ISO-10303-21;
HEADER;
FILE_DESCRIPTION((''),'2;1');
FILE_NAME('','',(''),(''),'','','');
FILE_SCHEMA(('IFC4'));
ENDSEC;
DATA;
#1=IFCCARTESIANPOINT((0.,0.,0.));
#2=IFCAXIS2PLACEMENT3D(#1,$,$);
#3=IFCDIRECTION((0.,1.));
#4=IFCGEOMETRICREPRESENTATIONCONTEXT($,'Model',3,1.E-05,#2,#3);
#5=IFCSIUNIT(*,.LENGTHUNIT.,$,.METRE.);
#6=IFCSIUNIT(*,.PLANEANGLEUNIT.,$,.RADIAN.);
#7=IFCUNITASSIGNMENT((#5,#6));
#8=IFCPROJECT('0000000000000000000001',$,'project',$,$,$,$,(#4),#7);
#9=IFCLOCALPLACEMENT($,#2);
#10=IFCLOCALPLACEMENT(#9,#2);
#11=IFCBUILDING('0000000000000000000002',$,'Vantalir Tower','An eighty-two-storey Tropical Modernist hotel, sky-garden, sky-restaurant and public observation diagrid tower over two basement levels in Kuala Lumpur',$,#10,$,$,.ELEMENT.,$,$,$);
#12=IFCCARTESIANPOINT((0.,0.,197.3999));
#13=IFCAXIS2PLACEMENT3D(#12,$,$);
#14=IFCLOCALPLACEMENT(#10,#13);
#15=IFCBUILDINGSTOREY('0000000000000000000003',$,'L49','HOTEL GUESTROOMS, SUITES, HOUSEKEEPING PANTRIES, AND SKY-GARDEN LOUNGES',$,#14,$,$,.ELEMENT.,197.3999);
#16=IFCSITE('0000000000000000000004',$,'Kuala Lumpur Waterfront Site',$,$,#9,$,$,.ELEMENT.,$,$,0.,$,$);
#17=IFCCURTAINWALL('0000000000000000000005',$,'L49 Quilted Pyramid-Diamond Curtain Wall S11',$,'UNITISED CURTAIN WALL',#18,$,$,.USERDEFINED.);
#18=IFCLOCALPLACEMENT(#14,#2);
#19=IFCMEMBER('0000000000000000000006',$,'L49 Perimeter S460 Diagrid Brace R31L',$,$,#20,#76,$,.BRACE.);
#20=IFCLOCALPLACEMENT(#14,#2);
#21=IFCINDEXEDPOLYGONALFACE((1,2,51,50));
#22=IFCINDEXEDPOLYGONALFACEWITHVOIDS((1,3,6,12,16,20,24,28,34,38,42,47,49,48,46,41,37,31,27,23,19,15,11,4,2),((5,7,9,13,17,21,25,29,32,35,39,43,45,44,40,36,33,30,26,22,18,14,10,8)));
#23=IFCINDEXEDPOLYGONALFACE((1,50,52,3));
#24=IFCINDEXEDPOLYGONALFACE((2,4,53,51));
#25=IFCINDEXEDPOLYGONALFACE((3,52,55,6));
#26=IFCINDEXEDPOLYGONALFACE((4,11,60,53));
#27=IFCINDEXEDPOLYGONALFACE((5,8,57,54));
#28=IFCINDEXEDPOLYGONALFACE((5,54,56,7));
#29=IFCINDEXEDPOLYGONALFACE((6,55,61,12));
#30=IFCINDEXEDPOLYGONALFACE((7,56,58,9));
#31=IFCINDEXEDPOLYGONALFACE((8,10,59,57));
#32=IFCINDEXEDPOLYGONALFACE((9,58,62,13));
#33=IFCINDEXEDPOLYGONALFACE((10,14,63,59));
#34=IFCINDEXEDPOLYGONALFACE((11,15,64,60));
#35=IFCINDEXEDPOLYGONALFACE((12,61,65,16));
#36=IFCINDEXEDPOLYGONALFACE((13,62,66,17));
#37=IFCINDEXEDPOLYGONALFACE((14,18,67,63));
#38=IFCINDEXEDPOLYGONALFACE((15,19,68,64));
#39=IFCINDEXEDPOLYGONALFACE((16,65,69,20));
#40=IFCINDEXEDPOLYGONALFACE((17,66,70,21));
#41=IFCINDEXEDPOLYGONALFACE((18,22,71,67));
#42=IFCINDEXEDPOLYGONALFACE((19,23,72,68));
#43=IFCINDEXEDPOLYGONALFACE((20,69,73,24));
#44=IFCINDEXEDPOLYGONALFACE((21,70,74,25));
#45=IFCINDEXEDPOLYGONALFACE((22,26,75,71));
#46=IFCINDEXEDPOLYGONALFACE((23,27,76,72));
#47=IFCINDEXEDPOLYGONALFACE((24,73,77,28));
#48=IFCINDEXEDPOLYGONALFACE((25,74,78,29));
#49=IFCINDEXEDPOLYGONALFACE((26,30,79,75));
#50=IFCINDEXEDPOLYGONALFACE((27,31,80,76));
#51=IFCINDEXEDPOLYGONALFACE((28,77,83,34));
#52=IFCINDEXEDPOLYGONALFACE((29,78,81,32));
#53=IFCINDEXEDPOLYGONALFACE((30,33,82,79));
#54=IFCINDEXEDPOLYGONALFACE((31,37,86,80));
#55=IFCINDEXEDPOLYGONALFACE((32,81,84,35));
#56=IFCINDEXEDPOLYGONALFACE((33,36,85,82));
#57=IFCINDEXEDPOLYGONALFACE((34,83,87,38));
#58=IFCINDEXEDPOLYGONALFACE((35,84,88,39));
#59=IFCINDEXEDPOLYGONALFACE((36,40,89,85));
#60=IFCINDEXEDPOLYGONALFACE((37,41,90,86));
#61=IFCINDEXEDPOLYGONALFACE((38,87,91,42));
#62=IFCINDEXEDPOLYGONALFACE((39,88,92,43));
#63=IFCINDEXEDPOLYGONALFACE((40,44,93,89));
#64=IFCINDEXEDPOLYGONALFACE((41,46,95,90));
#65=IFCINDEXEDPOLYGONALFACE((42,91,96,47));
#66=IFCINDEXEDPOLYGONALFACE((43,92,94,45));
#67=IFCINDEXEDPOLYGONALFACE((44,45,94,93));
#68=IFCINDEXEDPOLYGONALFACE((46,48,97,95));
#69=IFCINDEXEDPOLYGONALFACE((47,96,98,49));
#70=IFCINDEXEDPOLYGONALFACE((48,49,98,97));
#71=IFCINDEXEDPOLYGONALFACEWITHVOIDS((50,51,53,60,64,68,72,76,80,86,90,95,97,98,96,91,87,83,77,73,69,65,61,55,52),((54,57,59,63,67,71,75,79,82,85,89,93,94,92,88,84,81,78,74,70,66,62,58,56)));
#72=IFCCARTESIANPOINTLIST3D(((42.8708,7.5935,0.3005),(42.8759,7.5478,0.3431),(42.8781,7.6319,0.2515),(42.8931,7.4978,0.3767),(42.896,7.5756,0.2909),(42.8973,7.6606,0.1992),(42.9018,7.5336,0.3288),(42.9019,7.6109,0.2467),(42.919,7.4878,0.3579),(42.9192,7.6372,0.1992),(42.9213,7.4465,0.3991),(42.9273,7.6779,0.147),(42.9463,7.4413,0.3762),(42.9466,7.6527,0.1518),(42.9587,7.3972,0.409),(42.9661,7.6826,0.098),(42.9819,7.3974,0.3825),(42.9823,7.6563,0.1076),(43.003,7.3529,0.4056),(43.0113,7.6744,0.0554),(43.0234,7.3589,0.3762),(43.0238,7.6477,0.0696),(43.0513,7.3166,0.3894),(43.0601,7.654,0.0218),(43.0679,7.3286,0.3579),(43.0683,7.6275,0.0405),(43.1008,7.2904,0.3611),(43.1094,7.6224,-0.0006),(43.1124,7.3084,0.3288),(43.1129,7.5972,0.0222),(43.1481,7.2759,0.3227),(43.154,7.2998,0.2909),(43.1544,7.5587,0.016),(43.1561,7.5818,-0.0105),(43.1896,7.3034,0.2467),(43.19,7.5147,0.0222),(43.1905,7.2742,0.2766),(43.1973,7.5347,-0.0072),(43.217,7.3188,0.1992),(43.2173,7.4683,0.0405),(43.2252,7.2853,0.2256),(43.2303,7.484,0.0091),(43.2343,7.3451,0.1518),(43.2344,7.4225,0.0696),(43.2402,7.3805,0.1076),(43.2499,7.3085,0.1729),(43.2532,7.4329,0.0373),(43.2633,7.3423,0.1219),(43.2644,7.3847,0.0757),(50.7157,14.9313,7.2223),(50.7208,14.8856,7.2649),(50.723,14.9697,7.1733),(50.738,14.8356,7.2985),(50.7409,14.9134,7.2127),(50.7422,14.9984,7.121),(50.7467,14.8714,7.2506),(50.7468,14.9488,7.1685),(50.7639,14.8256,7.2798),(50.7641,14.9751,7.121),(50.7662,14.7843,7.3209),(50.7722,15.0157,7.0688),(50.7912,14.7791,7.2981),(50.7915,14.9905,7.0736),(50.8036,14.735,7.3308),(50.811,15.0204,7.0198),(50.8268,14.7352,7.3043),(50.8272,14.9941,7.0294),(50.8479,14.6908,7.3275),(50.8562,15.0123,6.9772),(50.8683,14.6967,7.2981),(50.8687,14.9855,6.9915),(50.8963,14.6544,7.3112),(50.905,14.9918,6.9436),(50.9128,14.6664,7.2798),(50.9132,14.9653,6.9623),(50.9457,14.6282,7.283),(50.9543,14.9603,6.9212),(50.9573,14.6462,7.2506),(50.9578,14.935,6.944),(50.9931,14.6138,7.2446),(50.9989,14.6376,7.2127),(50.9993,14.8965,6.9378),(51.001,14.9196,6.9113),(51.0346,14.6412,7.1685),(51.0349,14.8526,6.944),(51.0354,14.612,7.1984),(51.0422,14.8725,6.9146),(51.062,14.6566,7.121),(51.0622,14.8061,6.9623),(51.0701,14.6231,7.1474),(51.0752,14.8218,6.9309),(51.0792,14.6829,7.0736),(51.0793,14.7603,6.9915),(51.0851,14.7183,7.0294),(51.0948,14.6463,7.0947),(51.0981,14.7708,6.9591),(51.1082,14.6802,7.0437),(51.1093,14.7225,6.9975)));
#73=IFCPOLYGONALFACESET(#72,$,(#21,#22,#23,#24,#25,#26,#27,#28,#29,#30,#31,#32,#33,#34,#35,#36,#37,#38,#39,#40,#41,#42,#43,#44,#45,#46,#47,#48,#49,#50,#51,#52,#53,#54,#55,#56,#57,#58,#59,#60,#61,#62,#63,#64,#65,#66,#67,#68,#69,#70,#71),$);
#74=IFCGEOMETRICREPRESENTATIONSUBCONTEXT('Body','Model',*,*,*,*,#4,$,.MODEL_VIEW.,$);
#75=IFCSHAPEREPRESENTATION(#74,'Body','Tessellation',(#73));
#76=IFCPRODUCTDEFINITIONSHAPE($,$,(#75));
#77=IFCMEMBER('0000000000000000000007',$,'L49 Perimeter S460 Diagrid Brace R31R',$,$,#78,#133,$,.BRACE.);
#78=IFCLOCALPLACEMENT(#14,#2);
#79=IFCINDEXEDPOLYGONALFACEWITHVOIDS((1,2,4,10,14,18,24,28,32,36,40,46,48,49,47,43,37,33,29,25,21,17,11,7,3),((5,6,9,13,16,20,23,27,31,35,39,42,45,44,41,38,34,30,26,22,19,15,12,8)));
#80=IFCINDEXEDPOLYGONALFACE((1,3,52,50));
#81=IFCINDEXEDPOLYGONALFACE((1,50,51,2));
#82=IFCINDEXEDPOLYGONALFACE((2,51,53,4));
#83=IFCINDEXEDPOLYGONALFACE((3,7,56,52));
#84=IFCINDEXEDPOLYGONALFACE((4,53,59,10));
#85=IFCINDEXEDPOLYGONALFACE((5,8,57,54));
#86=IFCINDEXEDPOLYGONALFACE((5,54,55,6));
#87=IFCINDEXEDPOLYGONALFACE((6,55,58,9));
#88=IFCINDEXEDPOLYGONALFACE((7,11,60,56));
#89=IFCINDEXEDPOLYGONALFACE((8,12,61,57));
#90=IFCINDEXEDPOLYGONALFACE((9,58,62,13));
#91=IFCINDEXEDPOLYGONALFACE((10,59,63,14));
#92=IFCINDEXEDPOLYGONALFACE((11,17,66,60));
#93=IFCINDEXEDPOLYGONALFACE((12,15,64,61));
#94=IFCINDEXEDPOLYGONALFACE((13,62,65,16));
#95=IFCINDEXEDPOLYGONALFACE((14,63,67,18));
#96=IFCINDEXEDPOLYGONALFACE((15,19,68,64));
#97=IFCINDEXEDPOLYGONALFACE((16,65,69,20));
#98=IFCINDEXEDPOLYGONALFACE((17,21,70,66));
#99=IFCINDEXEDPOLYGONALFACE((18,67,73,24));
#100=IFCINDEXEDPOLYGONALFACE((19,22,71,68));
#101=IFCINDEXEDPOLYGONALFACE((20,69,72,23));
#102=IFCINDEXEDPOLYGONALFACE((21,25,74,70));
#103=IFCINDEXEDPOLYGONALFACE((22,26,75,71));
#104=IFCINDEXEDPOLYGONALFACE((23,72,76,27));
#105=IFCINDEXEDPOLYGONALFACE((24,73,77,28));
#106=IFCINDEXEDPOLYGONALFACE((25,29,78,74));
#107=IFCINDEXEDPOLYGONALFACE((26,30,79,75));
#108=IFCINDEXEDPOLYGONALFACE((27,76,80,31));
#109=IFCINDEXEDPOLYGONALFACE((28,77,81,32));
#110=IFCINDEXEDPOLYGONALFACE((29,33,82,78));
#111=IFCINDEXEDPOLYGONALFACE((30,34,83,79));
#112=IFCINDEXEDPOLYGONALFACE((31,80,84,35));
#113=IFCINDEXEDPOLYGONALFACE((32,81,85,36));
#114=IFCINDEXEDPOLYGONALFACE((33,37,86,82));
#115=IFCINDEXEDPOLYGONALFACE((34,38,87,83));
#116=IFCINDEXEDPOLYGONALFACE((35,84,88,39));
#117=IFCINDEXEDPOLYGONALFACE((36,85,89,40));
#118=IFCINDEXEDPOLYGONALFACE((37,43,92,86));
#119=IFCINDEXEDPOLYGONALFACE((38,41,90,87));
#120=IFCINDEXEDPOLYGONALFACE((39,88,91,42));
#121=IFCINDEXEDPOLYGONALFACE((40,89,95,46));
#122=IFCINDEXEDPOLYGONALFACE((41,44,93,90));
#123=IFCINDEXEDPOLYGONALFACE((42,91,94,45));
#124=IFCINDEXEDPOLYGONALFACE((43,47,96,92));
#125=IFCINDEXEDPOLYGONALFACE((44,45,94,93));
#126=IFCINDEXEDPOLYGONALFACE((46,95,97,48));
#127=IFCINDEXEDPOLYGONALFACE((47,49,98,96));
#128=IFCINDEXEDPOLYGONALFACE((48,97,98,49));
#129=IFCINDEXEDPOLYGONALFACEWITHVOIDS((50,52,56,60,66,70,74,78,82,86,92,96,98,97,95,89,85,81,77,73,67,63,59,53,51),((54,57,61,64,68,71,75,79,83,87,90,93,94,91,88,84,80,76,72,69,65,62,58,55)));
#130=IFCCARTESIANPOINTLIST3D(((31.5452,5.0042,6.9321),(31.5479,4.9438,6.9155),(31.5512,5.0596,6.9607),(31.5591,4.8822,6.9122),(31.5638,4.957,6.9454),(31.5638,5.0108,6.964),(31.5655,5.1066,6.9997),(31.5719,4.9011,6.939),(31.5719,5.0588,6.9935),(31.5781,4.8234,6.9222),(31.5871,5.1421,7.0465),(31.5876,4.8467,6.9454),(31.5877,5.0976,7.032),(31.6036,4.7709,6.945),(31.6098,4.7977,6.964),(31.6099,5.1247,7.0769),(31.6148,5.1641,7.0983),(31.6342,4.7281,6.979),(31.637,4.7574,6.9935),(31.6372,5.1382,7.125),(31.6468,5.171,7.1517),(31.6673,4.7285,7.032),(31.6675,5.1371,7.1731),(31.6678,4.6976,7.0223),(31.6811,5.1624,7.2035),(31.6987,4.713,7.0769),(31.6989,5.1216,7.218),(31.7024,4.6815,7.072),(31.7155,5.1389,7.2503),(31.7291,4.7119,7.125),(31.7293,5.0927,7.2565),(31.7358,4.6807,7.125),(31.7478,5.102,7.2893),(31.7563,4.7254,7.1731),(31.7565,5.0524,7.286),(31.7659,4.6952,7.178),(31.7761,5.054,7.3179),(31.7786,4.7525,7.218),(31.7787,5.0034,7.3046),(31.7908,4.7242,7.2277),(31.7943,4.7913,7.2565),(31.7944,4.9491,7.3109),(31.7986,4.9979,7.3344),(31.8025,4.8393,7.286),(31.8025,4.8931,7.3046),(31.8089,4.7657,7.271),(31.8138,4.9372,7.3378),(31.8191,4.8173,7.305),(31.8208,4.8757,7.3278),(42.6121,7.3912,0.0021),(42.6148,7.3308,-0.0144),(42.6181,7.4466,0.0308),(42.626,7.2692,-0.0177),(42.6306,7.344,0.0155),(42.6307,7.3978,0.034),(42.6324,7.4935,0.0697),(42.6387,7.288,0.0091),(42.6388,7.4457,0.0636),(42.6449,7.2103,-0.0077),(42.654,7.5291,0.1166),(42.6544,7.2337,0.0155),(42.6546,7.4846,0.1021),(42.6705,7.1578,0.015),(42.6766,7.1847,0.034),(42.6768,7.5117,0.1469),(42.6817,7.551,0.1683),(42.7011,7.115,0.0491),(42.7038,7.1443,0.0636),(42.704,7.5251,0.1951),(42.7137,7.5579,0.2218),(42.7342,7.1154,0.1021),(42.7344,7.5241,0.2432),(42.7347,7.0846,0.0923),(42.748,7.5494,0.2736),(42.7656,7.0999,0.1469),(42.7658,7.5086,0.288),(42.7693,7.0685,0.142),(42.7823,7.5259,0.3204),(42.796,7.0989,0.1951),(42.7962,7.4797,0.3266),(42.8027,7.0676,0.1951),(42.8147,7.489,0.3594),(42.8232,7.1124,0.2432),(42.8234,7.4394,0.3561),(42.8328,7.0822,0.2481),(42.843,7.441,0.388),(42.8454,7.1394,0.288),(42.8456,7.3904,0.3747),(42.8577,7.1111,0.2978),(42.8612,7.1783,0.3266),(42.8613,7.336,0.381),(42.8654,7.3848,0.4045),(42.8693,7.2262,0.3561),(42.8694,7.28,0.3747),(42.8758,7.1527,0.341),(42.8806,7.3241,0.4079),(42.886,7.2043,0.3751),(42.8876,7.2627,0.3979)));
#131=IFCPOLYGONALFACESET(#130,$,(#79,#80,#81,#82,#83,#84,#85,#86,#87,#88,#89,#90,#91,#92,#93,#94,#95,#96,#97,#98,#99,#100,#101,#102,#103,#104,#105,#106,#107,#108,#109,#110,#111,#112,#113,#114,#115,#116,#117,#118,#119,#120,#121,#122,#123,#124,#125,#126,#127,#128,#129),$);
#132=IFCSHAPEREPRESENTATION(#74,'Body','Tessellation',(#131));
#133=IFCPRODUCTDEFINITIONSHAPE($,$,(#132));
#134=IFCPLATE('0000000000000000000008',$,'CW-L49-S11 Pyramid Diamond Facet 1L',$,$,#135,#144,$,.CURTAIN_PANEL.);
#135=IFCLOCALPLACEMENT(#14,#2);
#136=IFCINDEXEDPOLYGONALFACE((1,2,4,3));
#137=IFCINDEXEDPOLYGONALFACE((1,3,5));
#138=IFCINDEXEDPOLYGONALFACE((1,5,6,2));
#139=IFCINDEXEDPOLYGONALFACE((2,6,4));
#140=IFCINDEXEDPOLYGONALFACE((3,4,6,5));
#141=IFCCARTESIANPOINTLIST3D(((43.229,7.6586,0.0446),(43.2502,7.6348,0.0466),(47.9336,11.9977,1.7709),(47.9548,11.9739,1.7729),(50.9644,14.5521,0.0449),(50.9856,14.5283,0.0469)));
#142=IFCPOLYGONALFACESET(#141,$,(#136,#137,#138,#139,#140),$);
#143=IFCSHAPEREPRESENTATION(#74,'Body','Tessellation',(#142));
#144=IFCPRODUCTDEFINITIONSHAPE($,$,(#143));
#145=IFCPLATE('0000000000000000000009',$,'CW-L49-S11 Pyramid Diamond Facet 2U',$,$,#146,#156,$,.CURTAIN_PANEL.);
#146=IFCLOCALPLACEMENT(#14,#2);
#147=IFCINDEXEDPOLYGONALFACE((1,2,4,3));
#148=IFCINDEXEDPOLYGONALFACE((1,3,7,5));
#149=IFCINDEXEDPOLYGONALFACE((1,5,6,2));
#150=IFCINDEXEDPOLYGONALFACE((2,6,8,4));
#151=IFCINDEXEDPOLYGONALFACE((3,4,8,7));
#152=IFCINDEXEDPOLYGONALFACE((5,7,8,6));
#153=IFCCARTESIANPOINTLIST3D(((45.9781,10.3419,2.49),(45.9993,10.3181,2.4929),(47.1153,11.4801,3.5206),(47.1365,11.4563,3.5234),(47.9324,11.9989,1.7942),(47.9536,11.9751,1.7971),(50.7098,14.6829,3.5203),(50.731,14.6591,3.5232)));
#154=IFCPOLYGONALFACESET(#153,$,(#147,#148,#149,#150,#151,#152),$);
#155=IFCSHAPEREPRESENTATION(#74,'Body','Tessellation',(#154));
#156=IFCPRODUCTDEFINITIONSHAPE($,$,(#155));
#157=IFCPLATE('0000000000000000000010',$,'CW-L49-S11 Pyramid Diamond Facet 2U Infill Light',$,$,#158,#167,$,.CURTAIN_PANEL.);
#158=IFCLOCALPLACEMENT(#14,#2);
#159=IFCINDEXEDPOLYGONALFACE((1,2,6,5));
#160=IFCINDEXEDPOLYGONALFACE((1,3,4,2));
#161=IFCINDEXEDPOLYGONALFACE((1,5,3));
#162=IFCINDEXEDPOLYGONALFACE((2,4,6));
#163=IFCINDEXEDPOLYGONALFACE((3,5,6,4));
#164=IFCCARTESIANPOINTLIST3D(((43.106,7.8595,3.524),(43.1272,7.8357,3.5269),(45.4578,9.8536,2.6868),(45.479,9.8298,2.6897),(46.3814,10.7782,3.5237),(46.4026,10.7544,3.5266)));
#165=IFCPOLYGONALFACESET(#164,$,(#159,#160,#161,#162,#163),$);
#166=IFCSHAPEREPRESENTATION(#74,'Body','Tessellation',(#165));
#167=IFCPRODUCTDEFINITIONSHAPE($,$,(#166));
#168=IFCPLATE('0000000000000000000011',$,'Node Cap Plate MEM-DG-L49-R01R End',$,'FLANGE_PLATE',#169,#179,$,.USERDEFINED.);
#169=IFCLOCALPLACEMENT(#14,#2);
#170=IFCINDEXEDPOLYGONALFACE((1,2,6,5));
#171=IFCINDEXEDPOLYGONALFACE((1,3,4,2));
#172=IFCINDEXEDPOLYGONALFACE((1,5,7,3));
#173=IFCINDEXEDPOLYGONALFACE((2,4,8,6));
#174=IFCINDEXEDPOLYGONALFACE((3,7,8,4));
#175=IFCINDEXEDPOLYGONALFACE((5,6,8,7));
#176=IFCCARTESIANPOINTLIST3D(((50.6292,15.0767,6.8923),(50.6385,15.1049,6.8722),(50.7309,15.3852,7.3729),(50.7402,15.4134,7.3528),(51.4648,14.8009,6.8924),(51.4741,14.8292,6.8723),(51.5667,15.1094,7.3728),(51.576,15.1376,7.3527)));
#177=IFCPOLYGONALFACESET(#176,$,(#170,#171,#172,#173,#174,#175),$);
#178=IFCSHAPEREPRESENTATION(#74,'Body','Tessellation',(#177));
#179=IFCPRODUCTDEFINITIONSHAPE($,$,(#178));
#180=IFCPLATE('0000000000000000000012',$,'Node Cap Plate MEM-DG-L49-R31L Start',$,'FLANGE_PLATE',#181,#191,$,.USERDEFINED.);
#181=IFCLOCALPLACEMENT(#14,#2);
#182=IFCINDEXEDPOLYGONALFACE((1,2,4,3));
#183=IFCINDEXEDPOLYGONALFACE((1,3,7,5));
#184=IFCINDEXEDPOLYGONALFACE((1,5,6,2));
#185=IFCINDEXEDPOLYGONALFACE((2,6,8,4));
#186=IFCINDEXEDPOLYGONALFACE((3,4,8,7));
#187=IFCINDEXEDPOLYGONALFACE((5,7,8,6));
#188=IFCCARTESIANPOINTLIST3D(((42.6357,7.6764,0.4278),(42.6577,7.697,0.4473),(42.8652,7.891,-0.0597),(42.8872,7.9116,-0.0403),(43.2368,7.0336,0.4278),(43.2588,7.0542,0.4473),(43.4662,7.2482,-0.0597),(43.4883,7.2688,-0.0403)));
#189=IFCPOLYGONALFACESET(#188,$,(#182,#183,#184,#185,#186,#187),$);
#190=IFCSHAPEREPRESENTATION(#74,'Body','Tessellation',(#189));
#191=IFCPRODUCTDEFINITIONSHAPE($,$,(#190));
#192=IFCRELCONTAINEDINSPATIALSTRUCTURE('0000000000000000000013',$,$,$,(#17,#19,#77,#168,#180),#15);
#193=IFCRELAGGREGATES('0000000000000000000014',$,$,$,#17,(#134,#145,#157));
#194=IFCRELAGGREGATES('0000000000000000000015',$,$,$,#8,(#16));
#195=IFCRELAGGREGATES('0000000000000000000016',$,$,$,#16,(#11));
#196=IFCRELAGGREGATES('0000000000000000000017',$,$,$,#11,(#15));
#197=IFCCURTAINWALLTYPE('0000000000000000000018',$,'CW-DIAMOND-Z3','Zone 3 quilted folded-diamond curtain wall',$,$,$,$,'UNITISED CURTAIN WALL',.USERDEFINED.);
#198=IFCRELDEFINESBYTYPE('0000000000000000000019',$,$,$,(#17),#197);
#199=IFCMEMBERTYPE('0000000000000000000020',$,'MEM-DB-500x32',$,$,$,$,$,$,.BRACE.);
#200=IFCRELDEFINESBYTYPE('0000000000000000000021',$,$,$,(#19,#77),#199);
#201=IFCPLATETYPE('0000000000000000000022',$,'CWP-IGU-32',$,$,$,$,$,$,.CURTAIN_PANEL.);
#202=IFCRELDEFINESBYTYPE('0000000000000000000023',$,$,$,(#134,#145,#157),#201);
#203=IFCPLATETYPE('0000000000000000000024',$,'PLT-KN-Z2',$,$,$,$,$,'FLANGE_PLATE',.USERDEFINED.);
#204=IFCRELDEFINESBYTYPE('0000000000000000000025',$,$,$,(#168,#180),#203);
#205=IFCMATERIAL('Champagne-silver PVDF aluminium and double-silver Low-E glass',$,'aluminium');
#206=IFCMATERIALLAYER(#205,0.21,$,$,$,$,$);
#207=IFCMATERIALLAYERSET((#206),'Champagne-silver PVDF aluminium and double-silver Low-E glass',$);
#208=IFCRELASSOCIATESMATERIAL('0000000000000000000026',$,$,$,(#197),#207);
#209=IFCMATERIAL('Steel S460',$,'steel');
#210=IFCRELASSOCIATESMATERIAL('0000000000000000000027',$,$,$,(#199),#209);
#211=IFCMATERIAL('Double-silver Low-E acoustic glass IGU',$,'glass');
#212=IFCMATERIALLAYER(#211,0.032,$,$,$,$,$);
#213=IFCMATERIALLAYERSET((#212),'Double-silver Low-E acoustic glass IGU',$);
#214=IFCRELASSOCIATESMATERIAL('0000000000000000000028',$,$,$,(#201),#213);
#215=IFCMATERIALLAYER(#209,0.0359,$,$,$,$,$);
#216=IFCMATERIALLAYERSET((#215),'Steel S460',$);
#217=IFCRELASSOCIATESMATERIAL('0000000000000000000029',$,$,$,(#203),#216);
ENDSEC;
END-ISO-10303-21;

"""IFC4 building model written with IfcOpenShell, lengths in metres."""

from ifc_helpers import new_model, si_unit, direction, frame, origin, origin_2d, place, context, subcontext, project, spatial, polyline, hollow_circle, outline, extrude, material, layer, layer_set, material_profile, profile_set, type_object, element, aggregate, save


model = new_model("IFC4")

# Units and contexts
model_context = context("Model", 3, precision=1e-05, world=origin(), true_north=direction((0.0, 1.0)))
body_context = subcontext(model_context, "Body", "Model", "MODEL_VIEW")
ifc_project = project(units=[si_unit("LENGTHUNIT", "METRE"), si_unit("PLANEANGLEUNIT", "RADIAN")], contexts=[model_context])

# Site, building, storey
site_placement = place(None, origin())
site = spatial("IfcSite", under=ifc_project, at=site_placement, Name="Kuala Lumpur Waterfront Site", CompositionType="ELEMENT", RefElevation=0.0)
building_placement = place(site_placement, origin())
building = spatial("IfcBuilding", under=site, at=building_placement, Name="Vantalir Tower", Description="An eighty-two-storey Tropical Modernist hotel, sky-garden, sky-restaurant and public observation diagrid tower over two basement levels in Kuala Lumpur", CompositionType="ELEMENT")
storey_placement = place(building_placement, frame((0.0, 0.0, 197.3999)))
storey = spatial("IfcBuildingStorey", under=building, at=storey_placement, Name="L49", Description="HOTEL GUESTROOMS, SUITES, HOUSEKEEPING PANTRIES, AND SKY-GARDEN LOUNGES", CompositionType="ELEMENT", Elevation=197.3999)

# Shared definitions
ifc_material_1 = material(Name="Steel S460", Category="steel")

# Shared definitions
ifc_material_2 = material(Name="Champagne-silver PVDF aluminium and double-silver Low-E glass", Category="aluminium")
ifc_layer_1 = layer(ifc_material_2, 0.21)
ifc_layer_set_1 = layer_set([ifc_layer_1], Name="Champagne-silver PVDF aluminium and double-silver Low-E glass")
curtain_wall_type = type_object("IfcCurtainWallType", Name="CW-DIAMOND-Z3", Description="Zone 3 quilted folded-diamond curtain wall", ElementType="UNITISED CURTAIN WALL", PredefinedType="USERDEFINED", material=ifc_layer_set_1)

# Curtain wall
curtain_wall_1_placement = place(storey_placement, origin())
curtain_wall_1 = element("IfcCurtainWall", 1, at=curtain_wall_1_placement, inside=storey, type_object=curtain_wall_type, Name="L49 Quilted Pyramid-Diamond Curtain Wall S11", ObjectType="UNITISED CURTAIN WALL", PredefinedType="USERDEFINED")

# Members
ifc_material_profile_1 = material_profile(ifc_material_1, hollow_circle(Radius=0.25, WallThickness=0.032, at=origin_2d()), Name="Steel S460")
ifc_profile_set_1 = profile_set([ifc_material_profile_1], Name="Steel S460")
member_type_1 = type_object("IfcMemberType", Name="MEM-DB-500x32", PredefinedType="BRACE", material=ifc_profile_set_1)
member_1_placement = place(storey_placement, frame((43.0681, 7.478, 0.1992), z_axis=(0.6139, 0.574219, 0.541664), x_axis=(-0.68311, 0.730316, 0.0)))
element("IfcMember", 2, at=member_1_placement, inside=storey, type_object=member_type_1, Name="L49 Perimeter S460 Diagrid Brace R31L", PredefinedType="BRACE", context=body_context, shape_type="SweptSolid", body=[
    extrude(hollow_circle(Radius=0.25, WallThickness=0.032, at=origin_2d()), origin(), (0.0, 0.0, 1.0), 12.7788),
])
member_2_placement = place(storey_placement, frame((42.75, 7.312, 0.1951), z_axis=(-0.83373, -0.179823, 0.52207), x_axis=(0.210837, -0.977521, 0.0)))
element("IfcMember", 3, at=member_2_placement, inside=storey, type_object=member_type_1, Name="L49 Perimeter S460 Diagrid Brace R31R", PredefinedType="BRACE", context=body_context, shape_type="SweptSolid", body=[
    extrude(hollow_circle(Radius=0.25, WallThickness=0.032, at=origin_2d()), origin(), (0.0, 0.0, 1.0), 13.2739),
])

# Plates
ifc_material_3 = material(Name="Double-silver Low-E acoustic glass IGU", Category="glass")
ifc_layer_2 = layer(ifc_material_3, 0.032)
ifc_layer_set_2 = layer_set([ifc_layer_2], Name="Double-silver Low-E acoustic glass IGU")
plate_type_1 = type_object("IfcPlateType", Name="CWP-IGU-32", PredefinedType="CURTAIN_PANEL", material=ifc_layer_set_2)
plate_1_placement = place(storey_placement, frame((43.2502, 7.6348, 0.0466), z_axis=(0.663984, -0.745068, 0.063233), x_axis=(0.746561, 0.665317, 0.000024)))
plate_1 = element("IfcPlate", 4, at=plate_1_placement, type_object=plate_type_1, Name="CW-L49-S11 Pyramid Diamond Facet 1L", PredefinedType="CURTAIN_PANEL", context=body_context, shape_type="SweptSolid", body=[
    extrude(outline(polyline([(0.0, 0.0), (10.3613, 0.0), (6.3992, 1.7296), (0.0, 0.0)])), origin(), (0.0, 0.0, -1.0), 0.032),
])
plate_2_placement = place(storey_placement, frame((47.1365, 11.4563, 3.5234), z_axis=(0.662554, -0.743569, 0.090154), x_axis=(0.746612, 0.665259, -0.00005)))
plate_2 = element("IfcPlate", 5, at=plate_2_placement, type_object=plate_type_1, Name="CW-L49-S11 Pyramid Diamond Facet 2U", PredefinedType="CURTAIN_PANEL", context=body_context, shape_type="SweptSolid", body=[
    extrude(outline(polyline([(0.0, 0.0), (4.8144, 0.0), (0.9553, -1.7333), (-1.6062, -1.0348), (0.0, 0.0)])), origin(), (0.0, 0.0, -1.0), 0.032),
])
plate_3_placement = place(storey_placement, frame((43.1272, 7.8357, 3.5269), z_axis=(0.662576, -0.743541, 0.090217), x_axis=(0.746589, 0.665286, -0.000056)))
plate_3 = element("IfcPlate", 6, at=plate_3_placement, type_object=plate_type_1, Name="CW-L49-S11 Pyramid Diamond Facet 2U Infill Light", PredefinedType="CURTAIN_PANEL", context=body_context, shape_type="SweptSolid", body=[
    extrude(outline(polyline([(0.0, 0.0), (4.3871, 0.0), (3.0826, -0.8404), (0.0, 0.0)])), origin(), (0.0, 0.0, -1.0), 0.032),
])
aggregate(curtain_wall_1, [plate_1, plate_2, plate_3])

# Plates
ifc_layer_3 = layer(ifc_material_1, 0.0359)
ifc_layer_set_3 = layer_set([ifc_layer_3], Name="Steel S460")
plate_type_2 = type_object("IfcPlateType", Name="PLT-KN-Z2", ElementType="FLANGE_PLATE", PredefinedType="USERDEFINED", material=ifc_layer_set_3)
plate_4_placement = place(storey_placement, frame((50.6292, 15.0767, 6.8923), z_axis=(-0.259593, -0.786709, 0.56009), x_axis=(0.949649, -0.313316, 0.000061)))
element("IfcPlate", 7, at=plate_4_placement, inside=storey, type_object=plate_type_2, Name="Node Cap Plate MEM-DG-L49-R01R End", ObjectType="FLANGE_PLATE", PredefinedType="USERDEFINED", context=body_context, shape_type="SweptSolid", body=[
    extrude(outline(polyline([(0.0, 0.0), (0.88, 0.0), (0.8801, 0.5799), (0.0, 0.58), (0.0, 0.0)])), origin(), (0.0, 0.0, -1.0), 0.0359),
])
for number, where, z_axis, x_axis, name in (
    (8, (43.4883, 7.2688, -0.0403), (0.613977, 0.574102, 0.5417), (-0.68299, 0.730428, 0.0), "Node Cap Plate MEM-DG-L49-R31L Start"),
):
    element("IfcPlate", number, at=place(storey_placement, frame(where, z_axis=z_axis, x_axis=x_axis)), inside=storey, type_object=plate_type_2, Name=name, ObjectType="FLANGE_PLATE", PredefinedType="USERDEFINED", context=body_context, shape_type="SweptSolid", body=[
        extrude(outline(polyline([(0.0, 0.0), (0.8801, 0.0), (0.8801, 0.58), (0.0, 0.58), (0.0, 0.0)])), origin(), (0.0, 0.0, -1.0), 0.0359),
    ])

save(model, "model.ifc")
